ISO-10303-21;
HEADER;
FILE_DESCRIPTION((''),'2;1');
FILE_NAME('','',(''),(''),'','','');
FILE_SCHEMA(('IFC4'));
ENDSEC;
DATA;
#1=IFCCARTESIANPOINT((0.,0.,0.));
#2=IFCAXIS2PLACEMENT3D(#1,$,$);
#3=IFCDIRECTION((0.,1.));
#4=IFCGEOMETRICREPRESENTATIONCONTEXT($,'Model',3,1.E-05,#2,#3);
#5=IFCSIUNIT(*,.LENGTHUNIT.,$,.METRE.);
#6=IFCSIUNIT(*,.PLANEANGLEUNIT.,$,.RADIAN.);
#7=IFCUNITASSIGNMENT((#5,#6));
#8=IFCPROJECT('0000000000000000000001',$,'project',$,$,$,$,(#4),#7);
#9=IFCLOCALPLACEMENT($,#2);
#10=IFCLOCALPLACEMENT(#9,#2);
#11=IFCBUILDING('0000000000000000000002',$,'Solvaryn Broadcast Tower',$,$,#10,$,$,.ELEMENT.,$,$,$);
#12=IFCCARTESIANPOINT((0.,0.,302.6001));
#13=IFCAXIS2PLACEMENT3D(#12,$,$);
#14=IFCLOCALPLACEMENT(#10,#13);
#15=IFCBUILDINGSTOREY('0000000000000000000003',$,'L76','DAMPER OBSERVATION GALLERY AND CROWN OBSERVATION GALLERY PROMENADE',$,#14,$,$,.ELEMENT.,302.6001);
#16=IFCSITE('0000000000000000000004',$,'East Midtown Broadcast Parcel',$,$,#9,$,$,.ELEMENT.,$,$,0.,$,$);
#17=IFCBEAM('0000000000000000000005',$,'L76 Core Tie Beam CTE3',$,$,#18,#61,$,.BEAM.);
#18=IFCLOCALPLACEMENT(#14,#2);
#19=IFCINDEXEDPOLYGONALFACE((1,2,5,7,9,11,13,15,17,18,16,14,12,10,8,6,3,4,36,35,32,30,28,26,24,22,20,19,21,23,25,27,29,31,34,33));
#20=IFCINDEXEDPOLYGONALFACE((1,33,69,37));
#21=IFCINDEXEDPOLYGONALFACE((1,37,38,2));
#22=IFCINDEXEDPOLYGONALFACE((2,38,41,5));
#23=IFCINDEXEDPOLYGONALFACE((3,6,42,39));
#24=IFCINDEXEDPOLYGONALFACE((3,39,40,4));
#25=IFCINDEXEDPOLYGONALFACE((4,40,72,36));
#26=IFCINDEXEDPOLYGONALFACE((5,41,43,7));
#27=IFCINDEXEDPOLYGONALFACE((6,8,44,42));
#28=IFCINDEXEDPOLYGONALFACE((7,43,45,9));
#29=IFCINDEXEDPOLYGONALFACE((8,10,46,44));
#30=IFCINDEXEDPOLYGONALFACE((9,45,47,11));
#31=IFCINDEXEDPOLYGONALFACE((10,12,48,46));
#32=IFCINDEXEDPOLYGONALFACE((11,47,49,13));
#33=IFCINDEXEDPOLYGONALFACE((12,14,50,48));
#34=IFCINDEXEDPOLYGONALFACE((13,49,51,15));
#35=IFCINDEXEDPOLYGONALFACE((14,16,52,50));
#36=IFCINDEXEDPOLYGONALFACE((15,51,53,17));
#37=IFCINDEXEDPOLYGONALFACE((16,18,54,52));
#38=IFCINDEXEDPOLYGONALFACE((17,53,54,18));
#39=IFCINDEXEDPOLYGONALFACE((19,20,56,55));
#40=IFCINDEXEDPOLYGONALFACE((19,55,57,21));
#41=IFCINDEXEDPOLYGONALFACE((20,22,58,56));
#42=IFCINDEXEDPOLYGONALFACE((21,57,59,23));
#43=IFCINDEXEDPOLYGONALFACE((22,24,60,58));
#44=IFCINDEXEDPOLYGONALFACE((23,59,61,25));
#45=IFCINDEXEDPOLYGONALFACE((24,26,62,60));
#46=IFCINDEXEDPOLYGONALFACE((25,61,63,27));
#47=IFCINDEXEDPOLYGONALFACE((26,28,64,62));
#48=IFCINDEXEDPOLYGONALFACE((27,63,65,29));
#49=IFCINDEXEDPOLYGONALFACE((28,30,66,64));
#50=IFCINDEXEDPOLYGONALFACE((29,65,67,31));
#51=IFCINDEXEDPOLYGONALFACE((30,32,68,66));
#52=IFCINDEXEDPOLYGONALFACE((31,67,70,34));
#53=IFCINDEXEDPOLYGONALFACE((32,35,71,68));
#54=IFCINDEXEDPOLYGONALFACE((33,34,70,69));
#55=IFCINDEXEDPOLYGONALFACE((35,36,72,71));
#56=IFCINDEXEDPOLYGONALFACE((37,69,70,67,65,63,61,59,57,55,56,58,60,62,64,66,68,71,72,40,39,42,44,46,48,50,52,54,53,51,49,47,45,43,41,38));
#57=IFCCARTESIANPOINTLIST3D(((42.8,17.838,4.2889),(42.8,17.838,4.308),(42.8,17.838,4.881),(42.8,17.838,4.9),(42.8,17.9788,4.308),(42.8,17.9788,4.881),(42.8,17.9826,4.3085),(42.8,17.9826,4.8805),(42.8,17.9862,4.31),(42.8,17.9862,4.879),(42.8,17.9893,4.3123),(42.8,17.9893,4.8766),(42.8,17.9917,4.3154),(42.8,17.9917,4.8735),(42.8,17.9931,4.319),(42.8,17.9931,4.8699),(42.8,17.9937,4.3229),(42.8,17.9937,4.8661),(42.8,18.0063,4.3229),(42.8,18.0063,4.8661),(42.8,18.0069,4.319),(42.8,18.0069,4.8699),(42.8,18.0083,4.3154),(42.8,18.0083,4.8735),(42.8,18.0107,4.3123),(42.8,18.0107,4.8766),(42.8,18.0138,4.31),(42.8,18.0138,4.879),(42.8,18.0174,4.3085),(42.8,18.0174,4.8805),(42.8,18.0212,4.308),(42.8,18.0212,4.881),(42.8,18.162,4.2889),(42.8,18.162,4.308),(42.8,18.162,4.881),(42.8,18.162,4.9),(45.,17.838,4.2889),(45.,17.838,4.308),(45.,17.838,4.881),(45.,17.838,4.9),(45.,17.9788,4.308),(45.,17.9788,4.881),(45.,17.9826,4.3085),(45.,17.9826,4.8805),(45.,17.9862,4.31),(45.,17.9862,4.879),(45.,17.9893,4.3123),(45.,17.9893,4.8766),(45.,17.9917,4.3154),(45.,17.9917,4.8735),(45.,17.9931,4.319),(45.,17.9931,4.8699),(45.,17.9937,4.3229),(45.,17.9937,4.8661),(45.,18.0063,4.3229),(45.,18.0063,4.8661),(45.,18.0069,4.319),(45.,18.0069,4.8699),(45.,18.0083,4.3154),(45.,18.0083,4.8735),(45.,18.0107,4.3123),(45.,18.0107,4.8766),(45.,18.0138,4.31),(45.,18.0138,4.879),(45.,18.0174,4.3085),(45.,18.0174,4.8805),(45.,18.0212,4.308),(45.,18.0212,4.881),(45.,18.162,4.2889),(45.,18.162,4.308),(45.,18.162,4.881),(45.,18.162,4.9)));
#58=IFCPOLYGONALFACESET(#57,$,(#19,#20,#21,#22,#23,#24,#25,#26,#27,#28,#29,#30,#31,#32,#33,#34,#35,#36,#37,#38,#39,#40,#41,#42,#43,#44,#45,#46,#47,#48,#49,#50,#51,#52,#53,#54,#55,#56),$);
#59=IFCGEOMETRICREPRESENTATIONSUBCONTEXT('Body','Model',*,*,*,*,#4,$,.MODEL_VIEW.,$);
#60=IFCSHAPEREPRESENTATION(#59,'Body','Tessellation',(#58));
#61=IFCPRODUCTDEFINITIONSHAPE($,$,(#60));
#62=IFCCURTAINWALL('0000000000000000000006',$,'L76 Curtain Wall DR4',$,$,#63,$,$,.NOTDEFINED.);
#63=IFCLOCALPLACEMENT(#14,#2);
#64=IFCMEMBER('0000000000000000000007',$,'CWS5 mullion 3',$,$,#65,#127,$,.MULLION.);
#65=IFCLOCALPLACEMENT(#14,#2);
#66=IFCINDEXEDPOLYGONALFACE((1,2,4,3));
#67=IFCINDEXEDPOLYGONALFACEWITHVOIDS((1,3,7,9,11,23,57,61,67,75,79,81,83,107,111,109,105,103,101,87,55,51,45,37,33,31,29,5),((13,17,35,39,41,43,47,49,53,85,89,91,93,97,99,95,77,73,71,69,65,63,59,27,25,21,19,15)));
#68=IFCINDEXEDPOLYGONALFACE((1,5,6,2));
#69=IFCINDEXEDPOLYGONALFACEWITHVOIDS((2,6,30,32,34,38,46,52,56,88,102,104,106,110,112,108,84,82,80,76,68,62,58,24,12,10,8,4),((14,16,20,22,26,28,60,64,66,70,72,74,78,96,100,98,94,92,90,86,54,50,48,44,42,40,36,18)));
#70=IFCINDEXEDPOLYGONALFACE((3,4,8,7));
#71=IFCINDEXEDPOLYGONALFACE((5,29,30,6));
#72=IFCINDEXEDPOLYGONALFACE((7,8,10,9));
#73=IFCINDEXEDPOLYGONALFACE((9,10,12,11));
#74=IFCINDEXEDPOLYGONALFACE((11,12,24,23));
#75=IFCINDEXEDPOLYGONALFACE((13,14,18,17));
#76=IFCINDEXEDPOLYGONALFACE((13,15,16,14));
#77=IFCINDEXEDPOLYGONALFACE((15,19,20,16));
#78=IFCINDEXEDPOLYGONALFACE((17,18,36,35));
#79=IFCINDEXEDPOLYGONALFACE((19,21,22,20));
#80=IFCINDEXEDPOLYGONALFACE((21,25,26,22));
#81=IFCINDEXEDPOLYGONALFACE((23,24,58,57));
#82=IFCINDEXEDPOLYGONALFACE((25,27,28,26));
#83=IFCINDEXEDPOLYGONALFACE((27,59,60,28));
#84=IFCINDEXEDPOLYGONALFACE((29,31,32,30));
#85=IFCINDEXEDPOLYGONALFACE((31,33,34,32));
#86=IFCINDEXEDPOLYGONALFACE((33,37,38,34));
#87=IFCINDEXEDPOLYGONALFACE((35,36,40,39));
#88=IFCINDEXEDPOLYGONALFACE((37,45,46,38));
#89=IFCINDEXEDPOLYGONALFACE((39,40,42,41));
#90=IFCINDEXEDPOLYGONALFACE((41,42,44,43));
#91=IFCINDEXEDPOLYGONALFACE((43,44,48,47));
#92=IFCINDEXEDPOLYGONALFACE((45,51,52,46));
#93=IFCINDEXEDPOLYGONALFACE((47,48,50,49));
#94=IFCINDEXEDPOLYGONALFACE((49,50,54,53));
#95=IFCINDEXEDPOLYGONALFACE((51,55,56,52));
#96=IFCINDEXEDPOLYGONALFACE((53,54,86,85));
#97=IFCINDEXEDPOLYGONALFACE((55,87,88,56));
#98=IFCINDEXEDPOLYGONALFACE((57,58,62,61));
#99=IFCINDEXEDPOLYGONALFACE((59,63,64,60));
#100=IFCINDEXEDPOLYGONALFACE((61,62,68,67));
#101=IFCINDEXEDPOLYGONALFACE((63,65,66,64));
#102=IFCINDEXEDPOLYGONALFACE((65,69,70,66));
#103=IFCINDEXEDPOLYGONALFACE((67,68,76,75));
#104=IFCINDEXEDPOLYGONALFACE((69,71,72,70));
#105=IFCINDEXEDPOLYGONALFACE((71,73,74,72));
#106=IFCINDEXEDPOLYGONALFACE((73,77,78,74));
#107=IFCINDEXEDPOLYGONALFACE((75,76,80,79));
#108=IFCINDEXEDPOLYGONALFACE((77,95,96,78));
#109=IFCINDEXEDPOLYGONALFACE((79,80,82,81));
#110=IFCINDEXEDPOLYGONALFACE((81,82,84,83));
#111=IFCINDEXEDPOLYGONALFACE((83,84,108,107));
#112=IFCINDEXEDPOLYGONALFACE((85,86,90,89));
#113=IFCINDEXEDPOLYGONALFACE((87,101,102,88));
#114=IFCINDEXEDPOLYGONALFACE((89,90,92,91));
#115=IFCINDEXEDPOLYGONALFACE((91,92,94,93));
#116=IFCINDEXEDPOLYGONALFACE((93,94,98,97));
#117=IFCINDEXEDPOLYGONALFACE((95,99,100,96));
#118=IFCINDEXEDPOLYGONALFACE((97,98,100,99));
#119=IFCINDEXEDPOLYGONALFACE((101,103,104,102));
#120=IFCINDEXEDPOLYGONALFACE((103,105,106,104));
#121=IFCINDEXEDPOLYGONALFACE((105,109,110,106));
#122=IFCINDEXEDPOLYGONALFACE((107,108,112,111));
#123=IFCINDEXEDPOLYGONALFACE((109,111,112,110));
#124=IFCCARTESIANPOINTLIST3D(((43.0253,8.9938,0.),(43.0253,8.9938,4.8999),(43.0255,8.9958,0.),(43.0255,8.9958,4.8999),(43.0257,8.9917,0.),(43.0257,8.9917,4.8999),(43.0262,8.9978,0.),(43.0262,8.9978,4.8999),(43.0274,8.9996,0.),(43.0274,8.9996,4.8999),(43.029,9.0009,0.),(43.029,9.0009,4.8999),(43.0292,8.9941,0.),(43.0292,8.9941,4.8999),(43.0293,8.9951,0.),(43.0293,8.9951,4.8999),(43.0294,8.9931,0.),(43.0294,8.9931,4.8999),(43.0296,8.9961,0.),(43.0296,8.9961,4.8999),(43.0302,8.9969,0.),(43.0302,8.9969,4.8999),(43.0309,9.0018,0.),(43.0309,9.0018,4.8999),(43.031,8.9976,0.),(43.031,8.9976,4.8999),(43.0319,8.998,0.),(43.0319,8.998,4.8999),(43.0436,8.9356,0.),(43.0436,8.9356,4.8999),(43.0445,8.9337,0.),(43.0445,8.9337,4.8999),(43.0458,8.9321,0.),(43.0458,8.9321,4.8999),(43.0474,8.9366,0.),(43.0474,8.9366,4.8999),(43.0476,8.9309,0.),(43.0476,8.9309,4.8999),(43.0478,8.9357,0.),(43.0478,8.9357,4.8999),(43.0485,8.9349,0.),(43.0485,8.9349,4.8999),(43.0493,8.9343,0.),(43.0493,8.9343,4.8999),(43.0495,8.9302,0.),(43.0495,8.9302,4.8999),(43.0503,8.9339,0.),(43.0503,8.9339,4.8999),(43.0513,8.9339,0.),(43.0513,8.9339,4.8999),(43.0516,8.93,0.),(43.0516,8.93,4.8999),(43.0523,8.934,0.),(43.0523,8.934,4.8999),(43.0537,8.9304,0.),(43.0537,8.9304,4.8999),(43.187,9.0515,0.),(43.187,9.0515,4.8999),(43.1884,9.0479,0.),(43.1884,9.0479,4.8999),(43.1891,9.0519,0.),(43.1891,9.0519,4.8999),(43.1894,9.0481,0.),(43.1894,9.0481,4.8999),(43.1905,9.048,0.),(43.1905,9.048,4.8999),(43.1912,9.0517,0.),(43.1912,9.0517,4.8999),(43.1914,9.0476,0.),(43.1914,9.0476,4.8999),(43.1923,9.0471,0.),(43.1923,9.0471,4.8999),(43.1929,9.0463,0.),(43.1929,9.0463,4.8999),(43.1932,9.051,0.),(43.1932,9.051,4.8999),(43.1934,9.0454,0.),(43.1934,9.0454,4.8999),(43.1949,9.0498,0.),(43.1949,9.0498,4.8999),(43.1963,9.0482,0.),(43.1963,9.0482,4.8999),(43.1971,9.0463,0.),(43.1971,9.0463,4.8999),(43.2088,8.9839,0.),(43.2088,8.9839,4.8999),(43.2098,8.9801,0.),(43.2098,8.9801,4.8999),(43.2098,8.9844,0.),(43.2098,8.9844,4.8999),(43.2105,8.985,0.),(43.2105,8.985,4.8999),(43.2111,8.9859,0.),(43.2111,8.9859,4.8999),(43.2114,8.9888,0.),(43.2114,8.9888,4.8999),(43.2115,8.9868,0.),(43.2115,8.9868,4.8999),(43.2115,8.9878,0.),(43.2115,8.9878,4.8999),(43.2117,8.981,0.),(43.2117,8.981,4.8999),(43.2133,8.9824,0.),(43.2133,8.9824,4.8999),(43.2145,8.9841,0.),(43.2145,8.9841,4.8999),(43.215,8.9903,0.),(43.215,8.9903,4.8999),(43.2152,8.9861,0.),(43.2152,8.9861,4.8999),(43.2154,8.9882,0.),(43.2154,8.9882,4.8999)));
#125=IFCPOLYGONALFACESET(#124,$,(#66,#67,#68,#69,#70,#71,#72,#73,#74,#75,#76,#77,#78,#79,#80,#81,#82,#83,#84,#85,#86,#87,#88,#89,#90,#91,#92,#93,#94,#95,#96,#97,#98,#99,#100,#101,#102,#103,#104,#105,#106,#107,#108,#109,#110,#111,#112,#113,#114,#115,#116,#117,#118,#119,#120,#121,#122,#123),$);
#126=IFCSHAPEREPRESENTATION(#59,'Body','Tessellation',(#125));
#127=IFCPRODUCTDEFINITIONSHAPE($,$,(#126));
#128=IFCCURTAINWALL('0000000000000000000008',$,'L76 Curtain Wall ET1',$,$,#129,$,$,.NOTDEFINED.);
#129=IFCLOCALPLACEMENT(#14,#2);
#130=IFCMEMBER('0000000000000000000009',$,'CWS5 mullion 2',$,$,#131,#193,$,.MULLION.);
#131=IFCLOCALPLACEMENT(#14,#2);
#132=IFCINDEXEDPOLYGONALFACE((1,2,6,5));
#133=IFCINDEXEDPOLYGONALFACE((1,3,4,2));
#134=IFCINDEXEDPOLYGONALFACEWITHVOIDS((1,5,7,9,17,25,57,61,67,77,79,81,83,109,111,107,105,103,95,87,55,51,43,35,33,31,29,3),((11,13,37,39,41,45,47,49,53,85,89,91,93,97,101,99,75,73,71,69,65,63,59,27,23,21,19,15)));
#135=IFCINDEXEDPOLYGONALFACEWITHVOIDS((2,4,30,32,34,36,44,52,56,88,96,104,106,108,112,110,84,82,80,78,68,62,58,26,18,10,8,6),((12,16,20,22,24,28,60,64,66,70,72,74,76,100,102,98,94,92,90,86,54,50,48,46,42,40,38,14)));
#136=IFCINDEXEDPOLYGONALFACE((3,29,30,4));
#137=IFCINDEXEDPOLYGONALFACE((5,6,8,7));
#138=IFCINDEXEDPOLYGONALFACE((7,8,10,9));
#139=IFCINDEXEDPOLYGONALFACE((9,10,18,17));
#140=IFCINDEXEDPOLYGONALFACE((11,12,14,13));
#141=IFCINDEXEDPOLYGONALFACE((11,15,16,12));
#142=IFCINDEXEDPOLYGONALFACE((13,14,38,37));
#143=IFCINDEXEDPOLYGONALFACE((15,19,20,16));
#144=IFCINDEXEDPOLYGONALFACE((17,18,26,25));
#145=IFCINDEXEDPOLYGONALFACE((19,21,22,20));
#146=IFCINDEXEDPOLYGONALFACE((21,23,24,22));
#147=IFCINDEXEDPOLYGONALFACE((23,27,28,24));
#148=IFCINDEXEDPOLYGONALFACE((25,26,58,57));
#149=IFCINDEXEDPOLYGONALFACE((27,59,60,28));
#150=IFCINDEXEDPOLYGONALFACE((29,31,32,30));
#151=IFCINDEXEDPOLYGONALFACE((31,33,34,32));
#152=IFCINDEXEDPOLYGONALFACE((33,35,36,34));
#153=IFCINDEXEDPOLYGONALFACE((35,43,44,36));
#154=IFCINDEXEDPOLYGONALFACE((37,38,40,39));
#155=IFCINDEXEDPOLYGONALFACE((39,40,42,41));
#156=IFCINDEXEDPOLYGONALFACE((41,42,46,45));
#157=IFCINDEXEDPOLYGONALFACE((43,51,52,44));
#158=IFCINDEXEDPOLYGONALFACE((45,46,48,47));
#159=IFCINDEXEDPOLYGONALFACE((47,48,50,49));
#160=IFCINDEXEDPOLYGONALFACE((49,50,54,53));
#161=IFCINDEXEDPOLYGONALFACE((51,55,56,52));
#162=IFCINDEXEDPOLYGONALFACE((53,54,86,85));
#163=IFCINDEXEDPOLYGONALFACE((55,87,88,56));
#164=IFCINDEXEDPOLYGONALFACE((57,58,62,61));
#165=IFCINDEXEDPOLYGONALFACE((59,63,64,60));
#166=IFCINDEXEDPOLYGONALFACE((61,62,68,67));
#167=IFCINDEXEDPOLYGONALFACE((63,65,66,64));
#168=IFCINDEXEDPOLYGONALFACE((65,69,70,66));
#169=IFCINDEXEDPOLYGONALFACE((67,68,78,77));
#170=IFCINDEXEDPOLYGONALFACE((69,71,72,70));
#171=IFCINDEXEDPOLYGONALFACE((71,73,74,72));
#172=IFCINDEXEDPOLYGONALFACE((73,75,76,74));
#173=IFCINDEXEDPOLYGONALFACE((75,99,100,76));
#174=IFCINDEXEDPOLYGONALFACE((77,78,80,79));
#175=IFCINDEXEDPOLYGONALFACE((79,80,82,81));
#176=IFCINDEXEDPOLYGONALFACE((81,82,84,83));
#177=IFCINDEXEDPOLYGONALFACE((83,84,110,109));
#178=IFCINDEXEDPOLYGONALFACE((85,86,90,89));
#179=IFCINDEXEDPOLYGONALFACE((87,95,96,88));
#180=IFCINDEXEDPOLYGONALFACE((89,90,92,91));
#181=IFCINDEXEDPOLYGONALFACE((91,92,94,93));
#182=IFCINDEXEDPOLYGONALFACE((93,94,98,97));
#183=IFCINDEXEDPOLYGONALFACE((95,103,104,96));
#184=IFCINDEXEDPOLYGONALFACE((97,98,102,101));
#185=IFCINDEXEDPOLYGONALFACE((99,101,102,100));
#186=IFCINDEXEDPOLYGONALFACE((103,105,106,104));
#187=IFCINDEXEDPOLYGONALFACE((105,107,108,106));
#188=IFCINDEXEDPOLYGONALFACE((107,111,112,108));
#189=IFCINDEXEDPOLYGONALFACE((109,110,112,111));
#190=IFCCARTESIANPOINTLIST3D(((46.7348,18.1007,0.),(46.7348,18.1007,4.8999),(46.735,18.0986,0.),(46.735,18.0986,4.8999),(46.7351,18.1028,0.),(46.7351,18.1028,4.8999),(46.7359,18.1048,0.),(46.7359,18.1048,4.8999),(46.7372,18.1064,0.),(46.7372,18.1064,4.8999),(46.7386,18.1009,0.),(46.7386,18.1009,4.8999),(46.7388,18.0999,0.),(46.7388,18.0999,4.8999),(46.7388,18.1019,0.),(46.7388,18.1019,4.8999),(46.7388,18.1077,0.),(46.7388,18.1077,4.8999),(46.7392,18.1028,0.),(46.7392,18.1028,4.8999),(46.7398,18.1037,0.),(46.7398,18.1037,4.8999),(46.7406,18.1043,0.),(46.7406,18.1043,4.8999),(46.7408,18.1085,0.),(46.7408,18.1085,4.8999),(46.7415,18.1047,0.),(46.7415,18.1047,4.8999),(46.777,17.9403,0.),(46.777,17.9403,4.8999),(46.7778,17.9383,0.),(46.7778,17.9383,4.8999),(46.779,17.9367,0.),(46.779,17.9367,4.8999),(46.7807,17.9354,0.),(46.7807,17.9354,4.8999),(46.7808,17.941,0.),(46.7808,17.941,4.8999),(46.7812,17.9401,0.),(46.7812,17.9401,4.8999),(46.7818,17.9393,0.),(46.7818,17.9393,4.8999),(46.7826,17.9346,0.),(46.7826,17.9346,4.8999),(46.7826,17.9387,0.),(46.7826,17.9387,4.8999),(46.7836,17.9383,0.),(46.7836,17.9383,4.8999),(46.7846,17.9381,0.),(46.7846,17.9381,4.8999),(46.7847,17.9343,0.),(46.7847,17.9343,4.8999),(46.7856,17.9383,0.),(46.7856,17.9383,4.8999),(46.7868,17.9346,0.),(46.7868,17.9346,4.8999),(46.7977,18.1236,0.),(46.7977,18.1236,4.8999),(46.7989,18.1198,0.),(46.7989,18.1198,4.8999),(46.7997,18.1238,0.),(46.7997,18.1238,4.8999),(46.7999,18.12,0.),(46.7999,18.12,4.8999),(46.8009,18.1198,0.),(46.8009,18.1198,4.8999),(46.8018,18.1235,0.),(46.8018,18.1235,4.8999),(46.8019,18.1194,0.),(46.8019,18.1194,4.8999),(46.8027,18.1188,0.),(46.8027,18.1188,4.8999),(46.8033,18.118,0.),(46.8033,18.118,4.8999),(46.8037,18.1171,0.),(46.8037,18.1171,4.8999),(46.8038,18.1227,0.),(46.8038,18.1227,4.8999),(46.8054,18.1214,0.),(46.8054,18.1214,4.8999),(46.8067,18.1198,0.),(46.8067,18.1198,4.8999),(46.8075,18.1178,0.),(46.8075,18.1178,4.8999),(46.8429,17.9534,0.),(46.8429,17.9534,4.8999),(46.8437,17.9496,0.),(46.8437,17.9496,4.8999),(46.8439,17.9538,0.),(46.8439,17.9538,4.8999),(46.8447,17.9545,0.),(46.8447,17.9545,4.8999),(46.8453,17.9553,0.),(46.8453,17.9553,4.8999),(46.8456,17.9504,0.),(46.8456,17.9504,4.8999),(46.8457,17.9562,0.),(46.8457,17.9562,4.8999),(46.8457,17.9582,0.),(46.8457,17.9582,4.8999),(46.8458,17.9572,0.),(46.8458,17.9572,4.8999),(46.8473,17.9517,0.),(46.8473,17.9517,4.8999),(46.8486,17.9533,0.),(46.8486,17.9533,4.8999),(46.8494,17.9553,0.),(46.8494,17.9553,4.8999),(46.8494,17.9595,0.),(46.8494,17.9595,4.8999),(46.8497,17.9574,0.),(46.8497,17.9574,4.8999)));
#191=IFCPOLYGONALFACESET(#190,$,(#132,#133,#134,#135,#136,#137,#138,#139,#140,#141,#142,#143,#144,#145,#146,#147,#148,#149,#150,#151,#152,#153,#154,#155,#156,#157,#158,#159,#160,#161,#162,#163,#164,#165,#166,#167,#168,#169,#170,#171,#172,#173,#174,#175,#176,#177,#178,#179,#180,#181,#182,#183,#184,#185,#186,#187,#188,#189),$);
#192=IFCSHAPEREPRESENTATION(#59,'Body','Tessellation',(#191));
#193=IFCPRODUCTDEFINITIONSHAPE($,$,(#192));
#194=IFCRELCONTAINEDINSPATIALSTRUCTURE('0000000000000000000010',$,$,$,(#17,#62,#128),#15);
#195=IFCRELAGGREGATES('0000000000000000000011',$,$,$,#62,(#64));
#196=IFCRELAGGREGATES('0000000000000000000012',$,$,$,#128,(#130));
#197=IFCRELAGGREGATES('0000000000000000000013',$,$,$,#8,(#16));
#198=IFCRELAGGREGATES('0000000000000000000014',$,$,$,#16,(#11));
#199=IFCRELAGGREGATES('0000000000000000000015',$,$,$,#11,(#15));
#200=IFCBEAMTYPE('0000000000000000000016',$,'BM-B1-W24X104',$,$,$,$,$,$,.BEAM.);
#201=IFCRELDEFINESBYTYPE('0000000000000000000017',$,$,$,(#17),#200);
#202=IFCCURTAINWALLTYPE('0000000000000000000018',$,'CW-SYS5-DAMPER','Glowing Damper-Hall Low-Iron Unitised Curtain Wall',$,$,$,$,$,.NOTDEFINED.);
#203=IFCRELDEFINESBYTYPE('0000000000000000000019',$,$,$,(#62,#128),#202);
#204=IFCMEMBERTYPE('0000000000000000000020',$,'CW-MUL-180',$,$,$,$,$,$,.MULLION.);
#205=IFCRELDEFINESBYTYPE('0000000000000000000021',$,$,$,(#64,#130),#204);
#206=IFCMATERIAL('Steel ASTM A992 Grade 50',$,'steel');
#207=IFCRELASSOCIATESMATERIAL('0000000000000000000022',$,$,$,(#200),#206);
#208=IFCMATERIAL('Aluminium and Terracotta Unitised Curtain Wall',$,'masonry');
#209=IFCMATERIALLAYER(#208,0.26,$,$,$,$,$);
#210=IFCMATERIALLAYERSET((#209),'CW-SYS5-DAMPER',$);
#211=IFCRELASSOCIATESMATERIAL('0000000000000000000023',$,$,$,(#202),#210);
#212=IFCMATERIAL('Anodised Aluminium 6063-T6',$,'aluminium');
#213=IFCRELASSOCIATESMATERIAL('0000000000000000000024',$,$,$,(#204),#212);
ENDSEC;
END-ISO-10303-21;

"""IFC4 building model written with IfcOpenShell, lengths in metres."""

from ifc_helpers import new_model, si_unit, direction, frame, origin, origin_2d, place, context, subcontext, project, spatial, hollow_rectangle, i_section, extrude, material, layer, layer_set, material_profile, profile_set, type_object, element, aggregate, save


model = new_model("IFC4")

# Units and contexts
model_context = context("Model", 3, precision=1e-05, world=origin(), true_north=direction((0.0, 1.0)))
body_context = subcontext(model_context, "Body", "Model", "MODEL_VIEW")
ifc_project = project(units=[si_unit("LENGTHUNIT", "METRE"), si_unit("PLANEANGLEUNIT", "RADIAN")], contexts=[model_context])

# Site, building, storey
site_placement = place(None, origin())
site = spatial("IfcSite", under=ifc_project, at=site_placement, Name="East Midtown Broadcast Parcel", CompositionType="ELEMENT", RefElevation=0.0)
building_placement = place(site_placement, origin())
building = spatial("IfcBuilding", under=site, at=building_placement, Name="Solvaryn Broadcast Tower", CompositionType="ELEMENT")
storey_placement = place(building_placement, frame((0.0, 0.0, 302.6001)))
storey = spatial("IfcBuildingStorey", under=building, at=storey_placement, Name="L76", Description="DAMPER OBSERVATION GALLERY AND CROWN OBSERVATION GALLERY PROMENADE", CompositionType="ELEMENT", Elevation=302.6001)

# Beam
ifc_material_1 = material(Name="Steel ASTM A992 Grade 50", Category="steel")
ifc_material_profile_1 = material_profile(ifc_material_1, i_section(OverallWidth=0.324, OverallDepth=0.6111, WebThickness=0.0127, FlangeThickness=0.019, FilletRadius=0.0149, at=origin_2d()))
ifc_profile_set_1 = profile_set([ifc_material_profile_1], Name="Steel ASTM A992 Grade 50")
beam_type = type_object("IfcBeamType", Name="BM-B1-W24X104", PredefinedType="BEAM", material=ifc_profile_set_1)
beam_1_placement = place(storey_placement, frame((42.8, 18.0, 4.5945), z_axis=(1.0, 0.0, 0.0), x_axis=(0.0, 1.0, 0.0)))
element("IfcBeam", 1, at=beam_1_placement, inside=storey, type_object=beam_type, Name="L76 Core Tie Beam CTE3", PredefinedType="BEAM", context=body_context, shape_type="SweptSolid", body=[
    extrude(i_section(OverallWidth=0.324, OverallDepth=0.6111, WebThickness=0.0127, FlangeThickness=0.019, FilletRadius=0.0149, at=origin_2d()), origin(), (0.0, 0.0, 1.0), 2.2),
])

# Curtain walls, members
ifc_material_2 = material(Name="Aluminium and Terracotta Unitised Curtain Wall", Category="masonry")
ifc_layer_1 = layer(ifc_material_2, 0.26)
ifc_layer_set_1 = layer_set([ifc_layer_1], Name="CW-SYS5-DAMPER")
curtain_wall_type = type_object("IfcCurtainWallType", Name="CW-SYS5-DAMPER", Description="Glowing Damper-Hall Low-Iron Unitised Curtain Wall", PredefinedType="NOTDEFINED", material=ifc_layer_set_1)
curtain_wall_1_placement = place(storey_placement, origin())
curtain_wall_1 = element("IfcCurtainWall", 2, at=curtain_wall_1_placement, inside=storey, type_object=curtain_wall_type, Name="L76 Curtain Wall DR4", PredefinedType="NOTDEFINED")
ifc_material_3 = material(Name="Anodised Aluminium 6063-T6", Category="aluminium")
ifc_material_profile_2 = material_profile(ifc_material_3, hollow_rectangle(XDim=0.075, YDim=0.1799, WallThickness=0.0039, InnerFilletRadius=0.0039, OuterFilletRadius=0.0081, at=origin_2d()))
ifc_profile_set_2 = profile_set([ifc_material_profile_2], Name="Anodised Aluminium 6063-T6")
member_type_1 = type_object("IfcMemberType", Name="CW-MUL-180", PredefinedType="MULLION", material=ifc_profile_set_2)
member_1_placement = place(storey_placement, frame((43.1204, 8.991, 0.0), z_axis=(0.0, 0.0, 1.0), x_axis=(-0.303616, 0.952795, 0.0)))
member_1 = element("IfcMember", 3, at=member_1_placement, type_object=member_type_1, Name="CWS5 mullion 3", PredefinedType="MULLION", context=body_context, shape_type="SweptSolid", body=[
    extrude(hollow_rectangle(XDim=0.075, YDim=0.1799, WallThickness=0.0039, InnerFilletRadius=0.0039, OuterFilletRadius=0.0081, at=origin_2d()), origin(), (0.0, 0.0, 1.0), 4.8999),
])
curtain_wall_2_placement = place(storey_placement, origin())
curtain_wall_2 = element("IfcCurtainWall", 4, at=curtain_wall_2_placement, inside=storey, type_object=curtain_wall_type, Name="L76 Curtain Wall ET1", PredefinedType="NOTDEFINED")
member_2_placement = place(storey_placement, frame((46.7922, 18.0291, 0.0), z_axis=(0.0, 0.0, 1.0), x_axis=(0.966705, 0.255893, 0.0)))
member_2 = element("IfcMember", 5, at=member_2_placement, type_object=member_type_1, Name="CWS5 mullion 2", PredefinedType="MULLION", context=body_context, shape_type="SweptSolid", body=[
    extrude(hollow_rectangle(XDim=0.075, YDim=0.1799, WallThickness=0.0039, InnerFilletRadius=0.0039, OuterFilletRadius=0.0081, at=origin_2d()), origin(), (0.0, 0.0, 1.0), 4.8999),
])

aggregate(curtain_wall_1, [member_1])
aggregate(curtain_wall_2, [member_2])

save(model, "model.ifc")
